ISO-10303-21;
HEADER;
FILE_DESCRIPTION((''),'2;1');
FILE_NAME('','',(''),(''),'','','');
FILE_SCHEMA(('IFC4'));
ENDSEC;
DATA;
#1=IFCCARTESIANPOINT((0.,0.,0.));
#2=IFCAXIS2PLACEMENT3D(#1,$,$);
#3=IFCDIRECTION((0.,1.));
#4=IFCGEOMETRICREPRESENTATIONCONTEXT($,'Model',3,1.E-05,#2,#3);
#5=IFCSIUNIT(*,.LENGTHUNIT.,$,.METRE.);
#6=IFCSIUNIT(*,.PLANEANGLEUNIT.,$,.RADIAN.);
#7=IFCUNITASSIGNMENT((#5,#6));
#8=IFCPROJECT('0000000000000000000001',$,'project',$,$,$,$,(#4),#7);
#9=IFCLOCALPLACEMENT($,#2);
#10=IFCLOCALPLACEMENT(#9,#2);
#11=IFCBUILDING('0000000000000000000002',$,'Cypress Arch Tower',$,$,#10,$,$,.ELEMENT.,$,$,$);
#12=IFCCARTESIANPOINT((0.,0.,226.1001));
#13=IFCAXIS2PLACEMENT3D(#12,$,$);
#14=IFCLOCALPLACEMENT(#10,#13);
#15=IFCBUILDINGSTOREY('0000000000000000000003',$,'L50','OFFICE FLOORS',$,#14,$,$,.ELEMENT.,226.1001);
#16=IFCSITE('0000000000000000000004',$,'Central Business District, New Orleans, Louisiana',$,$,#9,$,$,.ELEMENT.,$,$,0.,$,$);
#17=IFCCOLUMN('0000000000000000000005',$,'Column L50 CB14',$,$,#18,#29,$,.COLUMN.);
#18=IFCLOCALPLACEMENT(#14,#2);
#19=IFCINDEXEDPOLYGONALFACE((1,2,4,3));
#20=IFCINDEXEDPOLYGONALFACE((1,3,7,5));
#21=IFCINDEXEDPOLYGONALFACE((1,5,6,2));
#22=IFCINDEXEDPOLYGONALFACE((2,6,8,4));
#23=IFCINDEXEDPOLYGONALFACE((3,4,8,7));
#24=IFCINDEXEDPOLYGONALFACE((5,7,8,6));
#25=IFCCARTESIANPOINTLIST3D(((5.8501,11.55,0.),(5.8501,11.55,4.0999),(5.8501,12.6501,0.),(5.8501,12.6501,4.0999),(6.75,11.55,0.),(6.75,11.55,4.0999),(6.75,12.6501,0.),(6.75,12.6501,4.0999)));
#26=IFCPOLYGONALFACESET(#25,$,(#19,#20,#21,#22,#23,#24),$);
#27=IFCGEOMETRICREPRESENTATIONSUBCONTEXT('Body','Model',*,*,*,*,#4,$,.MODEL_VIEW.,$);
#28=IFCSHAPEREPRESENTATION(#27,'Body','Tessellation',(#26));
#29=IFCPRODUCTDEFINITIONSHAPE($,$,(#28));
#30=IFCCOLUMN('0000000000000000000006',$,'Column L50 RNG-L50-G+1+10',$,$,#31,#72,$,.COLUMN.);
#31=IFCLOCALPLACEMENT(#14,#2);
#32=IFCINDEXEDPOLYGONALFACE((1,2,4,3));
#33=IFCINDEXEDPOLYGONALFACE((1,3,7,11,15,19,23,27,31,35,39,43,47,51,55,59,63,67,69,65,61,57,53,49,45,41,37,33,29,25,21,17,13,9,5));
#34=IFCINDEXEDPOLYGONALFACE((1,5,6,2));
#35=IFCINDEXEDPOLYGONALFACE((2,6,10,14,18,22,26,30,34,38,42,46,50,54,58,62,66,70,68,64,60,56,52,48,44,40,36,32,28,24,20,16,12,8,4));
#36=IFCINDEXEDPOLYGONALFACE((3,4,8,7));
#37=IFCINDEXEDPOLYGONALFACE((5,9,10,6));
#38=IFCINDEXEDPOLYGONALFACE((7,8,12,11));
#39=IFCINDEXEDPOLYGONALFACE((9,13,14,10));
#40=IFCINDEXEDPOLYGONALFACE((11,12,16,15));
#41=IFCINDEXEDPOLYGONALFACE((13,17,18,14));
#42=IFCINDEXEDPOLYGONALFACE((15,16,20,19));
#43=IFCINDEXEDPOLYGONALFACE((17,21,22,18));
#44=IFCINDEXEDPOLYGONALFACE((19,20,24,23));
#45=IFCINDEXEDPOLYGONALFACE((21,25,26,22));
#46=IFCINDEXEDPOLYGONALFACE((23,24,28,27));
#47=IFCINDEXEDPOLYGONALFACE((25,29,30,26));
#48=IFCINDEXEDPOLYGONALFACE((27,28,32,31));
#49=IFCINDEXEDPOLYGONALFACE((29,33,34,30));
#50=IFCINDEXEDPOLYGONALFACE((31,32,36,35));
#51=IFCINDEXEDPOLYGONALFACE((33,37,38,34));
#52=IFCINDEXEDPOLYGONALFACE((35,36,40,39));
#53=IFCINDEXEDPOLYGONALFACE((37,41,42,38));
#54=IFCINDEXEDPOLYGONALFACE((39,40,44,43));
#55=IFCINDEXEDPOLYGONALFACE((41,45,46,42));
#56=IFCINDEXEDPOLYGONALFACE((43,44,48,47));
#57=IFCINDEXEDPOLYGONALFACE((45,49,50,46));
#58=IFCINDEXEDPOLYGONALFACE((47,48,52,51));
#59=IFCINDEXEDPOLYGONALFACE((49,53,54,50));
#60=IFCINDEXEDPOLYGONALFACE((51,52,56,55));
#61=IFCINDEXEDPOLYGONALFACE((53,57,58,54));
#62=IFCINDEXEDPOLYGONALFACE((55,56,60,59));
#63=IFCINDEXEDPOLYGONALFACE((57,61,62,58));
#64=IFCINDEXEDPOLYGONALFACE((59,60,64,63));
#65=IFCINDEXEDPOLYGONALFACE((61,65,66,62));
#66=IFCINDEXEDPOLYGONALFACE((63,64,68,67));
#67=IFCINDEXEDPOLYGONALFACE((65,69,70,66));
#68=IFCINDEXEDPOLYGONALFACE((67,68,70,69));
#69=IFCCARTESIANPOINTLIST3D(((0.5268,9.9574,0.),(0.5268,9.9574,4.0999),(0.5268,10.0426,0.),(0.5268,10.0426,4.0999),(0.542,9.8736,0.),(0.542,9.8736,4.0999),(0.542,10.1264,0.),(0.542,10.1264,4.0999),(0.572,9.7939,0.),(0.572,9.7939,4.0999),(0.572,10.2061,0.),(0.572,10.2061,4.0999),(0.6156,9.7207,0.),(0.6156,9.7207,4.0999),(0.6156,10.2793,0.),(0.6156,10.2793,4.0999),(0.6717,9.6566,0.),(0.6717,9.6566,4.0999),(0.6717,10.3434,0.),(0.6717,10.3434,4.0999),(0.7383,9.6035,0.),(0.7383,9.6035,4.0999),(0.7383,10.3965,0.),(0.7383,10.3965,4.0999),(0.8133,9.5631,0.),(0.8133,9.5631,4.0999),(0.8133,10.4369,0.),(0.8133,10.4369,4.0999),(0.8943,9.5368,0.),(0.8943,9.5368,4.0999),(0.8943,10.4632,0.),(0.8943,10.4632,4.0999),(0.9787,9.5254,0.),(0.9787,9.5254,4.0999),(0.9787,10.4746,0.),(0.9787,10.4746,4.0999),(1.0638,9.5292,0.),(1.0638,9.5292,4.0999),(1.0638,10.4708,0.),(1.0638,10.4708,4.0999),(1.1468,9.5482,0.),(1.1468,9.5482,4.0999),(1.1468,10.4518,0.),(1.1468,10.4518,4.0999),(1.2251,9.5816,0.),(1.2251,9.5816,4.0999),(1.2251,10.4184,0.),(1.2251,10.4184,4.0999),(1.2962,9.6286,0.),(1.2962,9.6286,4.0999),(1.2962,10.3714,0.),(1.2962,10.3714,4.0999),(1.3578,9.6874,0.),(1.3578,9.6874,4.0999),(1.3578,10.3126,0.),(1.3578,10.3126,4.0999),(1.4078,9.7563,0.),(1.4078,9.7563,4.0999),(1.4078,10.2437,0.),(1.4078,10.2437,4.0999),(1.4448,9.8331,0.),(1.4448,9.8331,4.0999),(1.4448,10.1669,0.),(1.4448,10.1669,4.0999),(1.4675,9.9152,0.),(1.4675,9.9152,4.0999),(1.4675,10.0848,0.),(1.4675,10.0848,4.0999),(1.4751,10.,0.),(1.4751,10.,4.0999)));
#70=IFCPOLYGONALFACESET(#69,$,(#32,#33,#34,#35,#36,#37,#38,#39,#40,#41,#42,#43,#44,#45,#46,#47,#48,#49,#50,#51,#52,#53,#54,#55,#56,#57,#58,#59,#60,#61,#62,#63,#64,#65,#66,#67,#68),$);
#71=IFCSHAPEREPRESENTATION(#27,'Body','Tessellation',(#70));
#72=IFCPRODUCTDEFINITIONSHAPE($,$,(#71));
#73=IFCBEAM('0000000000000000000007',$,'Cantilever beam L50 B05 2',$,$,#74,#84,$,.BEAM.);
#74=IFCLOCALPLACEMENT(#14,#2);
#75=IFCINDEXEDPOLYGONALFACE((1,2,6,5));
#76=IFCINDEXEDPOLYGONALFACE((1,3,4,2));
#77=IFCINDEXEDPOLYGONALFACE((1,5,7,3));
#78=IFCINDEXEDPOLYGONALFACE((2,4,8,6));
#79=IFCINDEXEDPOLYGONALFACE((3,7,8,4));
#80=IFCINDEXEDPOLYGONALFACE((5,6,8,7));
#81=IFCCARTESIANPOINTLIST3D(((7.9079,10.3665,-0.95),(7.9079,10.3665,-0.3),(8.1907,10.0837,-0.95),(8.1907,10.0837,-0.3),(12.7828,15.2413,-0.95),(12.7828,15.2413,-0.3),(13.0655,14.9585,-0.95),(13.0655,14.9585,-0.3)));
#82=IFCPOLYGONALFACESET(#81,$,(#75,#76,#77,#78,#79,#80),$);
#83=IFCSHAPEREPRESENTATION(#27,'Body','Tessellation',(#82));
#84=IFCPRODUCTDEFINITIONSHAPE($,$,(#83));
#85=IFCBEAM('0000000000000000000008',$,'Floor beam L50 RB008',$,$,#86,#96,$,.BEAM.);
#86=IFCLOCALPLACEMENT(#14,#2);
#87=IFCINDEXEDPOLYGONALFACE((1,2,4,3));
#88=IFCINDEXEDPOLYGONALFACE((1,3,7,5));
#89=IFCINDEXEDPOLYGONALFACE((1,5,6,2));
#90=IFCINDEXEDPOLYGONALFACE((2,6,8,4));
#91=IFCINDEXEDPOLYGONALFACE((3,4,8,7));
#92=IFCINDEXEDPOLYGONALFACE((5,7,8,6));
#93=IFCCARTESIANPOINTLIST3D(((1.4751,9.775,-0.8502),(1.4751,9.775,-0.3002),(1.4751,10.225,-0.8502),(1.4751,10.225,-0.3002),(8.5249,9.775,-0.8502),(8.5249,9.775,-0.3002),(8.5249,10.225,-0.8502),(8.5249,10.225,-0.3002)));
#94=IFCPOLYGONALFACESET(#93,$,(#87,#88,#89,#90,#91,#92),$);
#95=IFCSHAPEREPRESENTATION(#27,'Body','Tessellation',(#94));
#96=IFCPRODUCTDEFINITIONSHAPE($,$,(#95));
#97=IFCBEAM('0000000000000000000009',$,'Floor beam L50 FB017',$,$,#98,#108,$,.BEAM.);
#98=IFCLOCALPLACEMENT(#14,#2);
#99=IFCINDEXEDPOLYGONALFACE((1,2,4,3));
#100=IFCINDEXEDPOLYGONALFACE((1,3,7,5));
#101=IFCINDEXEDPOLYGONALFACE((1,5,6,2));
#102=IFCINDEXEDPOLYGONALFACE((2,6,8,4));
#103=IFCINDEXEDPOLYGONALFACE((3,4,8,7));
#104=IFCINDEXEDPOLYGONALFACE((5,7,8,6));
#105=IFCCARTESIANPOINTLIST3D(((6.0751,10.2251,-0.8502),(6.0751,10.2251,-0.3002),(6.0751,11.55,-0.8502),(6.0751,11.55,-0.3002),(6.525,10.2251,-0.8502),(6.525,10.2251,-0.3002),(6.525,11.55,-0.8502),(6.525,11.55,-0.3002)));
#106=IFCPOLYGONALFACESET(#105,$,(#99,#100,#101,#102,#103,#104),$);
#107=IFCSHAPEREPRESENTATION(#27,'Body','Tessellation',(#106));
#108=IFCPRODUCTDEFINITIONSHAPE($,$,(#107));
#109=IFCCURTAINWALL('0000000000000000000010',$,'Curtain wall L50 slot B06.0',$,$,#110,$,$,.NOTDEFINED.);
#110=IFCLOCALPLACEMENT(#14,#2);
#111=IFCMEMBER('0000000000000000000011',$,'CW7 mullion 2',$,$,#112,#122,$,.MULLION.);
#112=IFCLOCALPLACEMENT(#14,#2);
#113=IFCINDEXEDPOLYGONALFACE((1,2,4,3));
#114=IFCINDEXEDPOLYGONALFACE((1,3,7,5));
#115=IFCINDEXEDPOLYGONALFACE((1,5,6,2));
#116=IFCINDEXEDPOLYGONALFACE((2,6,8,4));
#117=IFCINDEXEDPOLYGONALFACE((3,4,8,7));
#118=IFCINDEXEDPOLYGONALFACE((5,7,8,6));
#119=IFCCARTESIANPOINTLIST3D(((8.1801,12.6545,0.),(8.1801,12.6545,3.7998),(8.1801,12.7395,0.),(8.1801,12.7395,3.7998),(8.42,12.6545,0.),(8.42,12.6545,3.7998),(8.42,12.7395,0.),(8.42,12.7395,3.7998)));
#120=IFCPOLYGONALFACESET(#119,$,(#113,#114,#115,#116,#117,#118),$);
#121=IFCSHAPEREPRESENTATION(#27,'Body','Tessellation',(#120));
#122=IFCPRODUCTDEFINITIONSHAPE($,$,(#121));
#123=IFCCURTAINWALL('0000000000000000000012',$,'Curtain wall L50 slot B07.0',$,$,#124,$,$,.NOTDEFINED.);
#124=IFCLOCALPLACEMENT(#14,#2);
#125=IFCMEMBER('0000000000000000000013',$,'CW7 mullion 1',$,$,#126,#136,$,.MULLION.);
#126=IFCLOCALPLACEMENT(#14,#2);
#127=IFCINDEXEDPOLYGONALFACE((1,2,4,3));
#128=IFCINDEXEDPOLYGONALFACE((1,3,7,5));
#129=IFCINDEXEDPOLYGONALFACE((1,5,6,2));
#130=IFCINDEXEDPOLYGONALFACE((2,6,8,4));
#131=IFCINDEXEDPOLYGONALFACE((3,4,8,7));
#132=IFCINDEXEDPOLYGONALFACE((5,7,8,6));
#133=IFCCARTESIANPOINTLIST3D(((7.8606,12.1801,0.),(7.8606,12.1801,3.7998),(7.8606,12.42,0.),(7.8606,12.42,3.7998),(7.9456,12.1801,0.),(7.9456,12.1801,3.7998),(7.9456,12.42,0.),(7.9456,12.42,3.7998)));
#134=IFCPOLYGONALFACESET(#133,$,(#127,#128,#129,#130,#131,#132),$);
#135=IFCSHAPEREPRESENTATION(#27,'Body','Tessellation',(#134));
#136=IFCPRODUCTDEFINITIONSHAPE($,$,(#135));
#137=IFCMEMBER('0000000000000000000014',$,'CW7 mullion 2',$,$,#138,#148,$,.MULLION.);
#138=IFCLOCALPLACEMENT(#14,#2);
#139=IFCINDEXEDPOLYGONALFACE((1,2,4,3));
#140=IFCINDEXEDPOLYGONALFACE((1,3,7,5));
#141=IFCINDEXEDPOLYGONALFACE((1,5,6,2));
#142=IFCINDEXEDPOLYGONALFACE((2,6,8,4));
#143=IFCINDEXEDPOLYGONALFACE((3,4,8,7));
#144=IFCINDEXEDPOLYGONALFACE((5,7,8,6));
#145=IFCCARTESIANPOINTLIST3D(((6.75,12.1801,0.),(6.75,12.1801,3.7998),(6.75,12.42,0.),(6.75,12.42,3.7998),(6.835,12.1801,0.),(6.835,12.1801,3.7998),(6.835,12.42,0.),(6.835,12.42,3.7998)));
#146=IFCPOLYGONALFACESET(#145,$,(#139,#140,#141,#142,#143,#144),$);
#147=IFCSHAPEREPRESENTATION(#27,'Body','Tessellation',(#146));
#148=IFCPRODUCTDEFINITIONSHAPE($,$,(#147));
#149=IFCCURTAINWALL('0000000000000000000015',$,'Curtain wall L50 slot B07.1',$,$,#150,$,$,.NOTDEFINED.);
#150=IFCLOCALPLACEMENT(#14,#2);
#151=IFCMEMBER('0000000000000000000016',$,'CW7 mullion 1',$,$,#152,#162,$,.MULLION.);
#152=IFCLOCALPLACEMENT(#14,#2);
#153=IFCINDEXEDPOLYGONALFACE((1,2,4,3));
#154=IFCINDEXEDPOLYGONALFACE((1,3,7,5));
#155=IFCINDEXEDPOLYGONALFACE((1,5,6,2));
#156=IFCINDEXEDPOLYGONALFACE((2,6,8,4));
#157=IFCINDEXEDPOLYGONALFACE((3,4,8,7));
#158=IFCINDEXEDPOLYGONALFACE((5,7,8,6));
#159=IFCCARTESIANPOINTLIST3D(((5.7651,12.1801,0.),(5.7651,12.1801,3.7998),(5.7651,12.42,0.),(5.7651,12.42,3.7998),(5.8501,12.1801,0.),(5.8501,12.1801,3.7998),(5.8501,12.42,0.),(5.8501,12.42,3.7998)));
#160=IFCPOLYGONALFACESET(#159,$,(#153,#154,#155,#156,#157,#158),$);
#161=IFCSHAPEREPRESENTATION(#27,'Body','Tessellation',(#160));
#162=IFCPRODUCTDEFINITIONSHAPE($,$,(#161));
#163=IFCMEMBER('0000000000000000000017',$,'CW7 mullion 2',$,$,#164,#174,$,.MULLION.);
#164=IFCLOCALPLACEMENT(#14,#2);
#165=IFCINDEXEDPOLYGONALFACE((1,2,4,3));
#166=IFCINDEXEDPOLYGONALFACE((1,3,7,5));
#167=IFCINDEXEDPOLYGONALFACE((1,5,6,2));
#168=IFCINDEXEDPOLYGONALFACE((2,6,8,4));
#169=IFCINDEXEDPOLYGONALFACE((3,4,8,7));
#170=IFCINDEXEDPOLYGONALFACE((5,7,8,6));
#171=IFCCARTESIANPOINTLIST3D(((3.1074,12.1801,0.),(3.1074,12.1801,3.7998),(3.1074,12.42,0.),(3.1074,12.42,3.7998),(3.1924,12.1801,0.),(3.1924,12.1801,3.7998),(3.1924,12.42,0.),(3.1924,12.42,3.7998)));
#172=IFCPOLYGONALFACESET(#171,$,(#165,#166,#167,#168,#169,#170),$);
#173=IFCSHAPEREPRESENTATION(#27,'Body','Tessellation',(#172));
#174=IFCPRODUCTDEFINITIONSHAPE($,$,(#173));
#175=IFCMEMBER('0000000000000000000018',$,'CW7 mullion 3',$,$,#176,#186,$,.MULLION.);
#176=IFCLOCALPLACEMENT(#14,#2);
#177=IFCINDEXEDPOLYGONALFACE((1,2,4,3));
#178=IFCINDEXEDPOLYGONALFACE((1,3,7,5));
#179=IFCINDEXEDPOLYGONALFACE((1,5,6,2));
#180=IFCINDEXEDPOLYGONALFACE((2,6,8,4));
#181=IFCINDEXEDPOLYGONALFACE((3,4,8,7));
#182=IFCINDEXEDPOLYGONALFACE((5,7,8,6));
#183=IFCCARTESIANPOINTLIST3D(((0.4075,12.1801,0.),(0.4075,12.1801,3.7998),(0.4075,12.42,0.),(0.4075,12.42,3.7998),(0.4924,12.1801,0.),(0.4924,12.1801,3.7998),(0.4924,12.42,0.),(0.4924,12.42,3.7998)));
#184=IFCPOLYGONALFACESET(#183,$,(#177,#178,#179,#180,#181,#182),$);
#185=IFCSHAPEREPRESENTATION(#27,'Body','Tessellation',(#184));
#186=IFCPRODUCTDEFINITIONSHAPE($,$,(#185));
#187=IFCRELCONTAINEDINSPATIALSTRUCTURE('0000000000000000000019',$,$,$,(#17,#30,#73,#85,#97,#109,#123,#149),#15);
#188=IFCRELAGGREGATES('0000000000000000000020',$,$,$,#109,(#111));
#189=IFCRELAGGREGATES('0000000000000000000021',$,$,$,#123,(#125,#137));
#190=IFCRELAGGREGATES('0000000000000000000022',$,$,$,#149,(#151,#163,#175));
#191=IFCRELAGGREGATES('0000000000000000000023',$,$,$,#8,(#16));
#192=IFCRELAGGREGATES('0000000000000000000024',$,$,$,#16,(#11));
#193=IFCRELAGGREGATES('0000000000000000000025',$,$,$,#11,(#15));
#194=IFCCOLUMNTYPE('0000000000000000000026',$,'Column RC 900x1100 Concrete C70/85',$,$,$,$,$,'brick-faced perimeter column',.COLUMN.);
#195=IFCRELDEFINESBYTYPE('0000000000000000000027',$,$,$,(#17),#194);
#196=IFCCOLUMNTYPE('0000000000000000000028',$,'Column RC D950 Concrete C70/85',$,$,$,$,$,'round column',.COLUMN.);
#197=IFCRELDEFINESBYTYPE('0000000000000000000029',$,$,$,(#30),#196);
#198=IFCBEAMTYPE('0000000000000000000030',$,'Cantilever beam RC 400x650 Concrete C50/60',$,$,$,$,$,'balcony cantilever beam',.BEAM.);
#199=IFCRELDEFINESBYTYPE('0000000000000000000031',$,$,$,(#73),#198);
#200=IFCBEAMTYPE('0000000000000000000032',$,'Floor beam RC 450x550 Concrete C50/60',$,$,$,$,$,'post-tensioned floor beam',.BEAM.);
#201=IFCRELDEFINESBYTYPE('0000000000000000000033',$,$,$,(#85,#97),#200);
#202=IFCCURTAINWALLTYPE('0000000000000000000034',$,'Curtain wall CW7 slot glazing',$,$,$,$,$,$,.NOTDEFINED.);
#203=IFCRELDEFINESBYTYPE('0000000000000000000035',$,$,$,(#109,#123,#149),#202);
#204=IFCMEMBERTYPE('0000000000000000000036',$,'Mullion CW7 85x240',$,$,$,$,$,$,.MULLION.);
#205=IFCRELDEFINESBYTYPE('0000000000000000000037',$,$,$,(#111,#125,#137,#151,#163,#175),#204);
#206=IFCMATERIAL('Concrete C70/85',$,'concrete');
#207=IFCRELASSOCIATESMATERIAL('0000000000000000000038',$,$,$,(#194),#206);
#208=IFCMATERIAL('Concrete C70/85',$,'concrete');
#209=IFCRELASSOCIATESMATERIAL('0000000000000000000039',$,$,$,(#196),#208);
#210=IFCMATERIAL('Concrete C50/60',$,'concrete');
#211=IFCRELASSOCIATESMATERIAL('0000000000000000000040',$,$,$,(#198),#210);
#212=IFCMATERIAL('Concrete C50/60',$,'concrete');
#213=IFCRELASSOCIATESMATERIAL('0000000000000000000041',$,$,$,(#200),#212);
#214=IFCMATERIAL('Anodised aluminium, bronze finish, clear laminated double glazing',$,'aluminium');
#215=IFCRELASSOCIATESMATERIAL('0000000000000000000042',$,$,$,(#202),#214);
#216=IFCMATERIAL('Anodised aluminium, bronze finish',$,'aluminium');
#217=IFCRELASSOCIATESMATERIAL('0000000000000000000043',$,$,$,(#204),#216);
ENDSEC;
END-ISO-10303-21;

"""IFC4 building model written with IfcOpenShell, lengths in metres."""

from ifc_helpers import new_model, si_unit, direction, frame, origin, origin_2d, place, context, subcontext, project, spatial, rectangle, circle, extrude, material, material_profile, profile_set, type_object, element, aggregate, save


model = new_model("IFC4")

# Units and contexts
model_context = context("Model", 3, precision=1e-05, world=origin(), true_north=direction((0.0, 1.0)))
body_context = subcontext(model_context, "Body", "Model", "MODEL_VIEW")
ifc_project = project(units=[si_unit("LENGTHUNIT", "METRE"), si_unit("PLANEANGLEUNIT", "RADIAN")], contexts=[model_context])

# Site, building, storey
site_placement = place(None, origin())
site = spatial("IfcSite", under=ifc_project, at=site_placement, Name="Central Business District, New Orleans, Louisiana", CompositionType="ELEMENT", RefElevation=0.0)
building_placement = place(site_placement, origin())
building = spatial("IfcBuilding", under=site, at=building_placement, Name="Cypress Arch Tower", CompositionType="ELEMENT")
storey_placement = place(building_placement, frame((0.0, 0.0, 226.1001)))
storey = spatial("IfcBuildingStorey", under=building, at=storey_placement, Name="L50", Description="OFFICE FLOORS", CompositionType="ELEMENT", Elevation=226.1001)

# Columns
ifc_material_1 = material(Name="Concrete C70/85", Category="concrete")
ifc_material_profile_1 = material_profile(ifc_material_1, rectangle(XDim=0.8999, YDim=1.1001, at=origin_2d()), Name="RC 900x1100")
ifc_profile_set_1 = profile_set([ifc_material_profile_1], Name="Concrete C70/85")
column_type_1 = type_object("IfcColumnType", Name="Column RC 900x1100 Concrete C70/85", ElementType="brick-faced perimeter column", PredefinedType="COLUMN", material=ifc_profile_set_1)
column_1_placement = place(storey_placement, frame((6.3, 12.1001, 0.0), z_axis=(0.0, 0.0, 1.0), x_axis=(-1.0, 0.0, 0.0)))
element("IfcColumn", 1, at=column_1_placement, inside=storey, type_object=column_type_1, Name="Column L50 CB14", PredefinedType="COLUMN", context=body_context, shape_type="SweptSolid", body=[
    extrude(rectangle(XDim=0.8999, YDim=1.1001, at=origin_2d()), origin(), (0.0, 0.0, 1.0), 4.0999),
])
ifc_material_2 = material(Name="Concrete C70/85", Category="concrete")
ifc_material_profile_2 = material_profile(ifc_material_2, circle(Radius=0.4751, at=origin_2d()), Name="RC D950")
ifc_profile_set_2 = profile_set([ifc_material_profile_2], Name="Concrete C70/85")
column_type_2 = type_object("IfcColumnType", Name="Column RC D950 Concrete C70/85", ElementType="round column", PredefinedType="COLUMN", material=ifc_profile_set_2)
column_2_placement = place(storey_placement, frame((1.0, 10.0, 0.0), z_axis=(0.0, 0.0, 1.0), x_axis=(1.0, 0.0, 0.0)))
element("IfcColumn", 2, at=column_2_placement, inside=storey, type_object=column_type_2, Name="Column L50 RNG-L50-G+1+10", PredefinedType="COLUMN", context=body_context, shape_type="SweptSolid", body=[
    extrude(circle(Radius=0.4751, at=origin_2d()), origin(), (0.0, 0.0, 1.0), 4.0999),
])

# Beams
ifc_material_3 = material(Name="Concrete C50/60", Category="concrete")
ifc_material_profile_3 = material_profile(ifc_material_3, rectangle(XDim=0.3999, YDim=0.6499, at=origin_2d()), Name="RC 400x650")
ifc_profile_set_3 = profile_set([ifc_material_profile_3], Name="Concrete C50/60")
beam_type_1 = type_object("IfcBeamType", Name="Cantilever beam RC 400x650 Concrete C50/60", ElementType="balcony cantilever beam", PredefinedType="BEAM", material=ifc_profile_set_3)
beam_1_placement = place(storey_placement, frame((8.0493, 10.2251, -0.625), z_axis=(0.707107, 0.707107, 0.0), x_axis=(-0.707107, 0.707107, 0.0)))
element("IfcBeam", 3, at=beam_1_placement, inside=storey, type_object=beam_type_1, Name="Cantilever beam L50 B05 2", PredefinedType="BEAM", context=body_context, shape_type="SweptSolid", body=[
    extrude(rectangle(XDim=0.3999, YDim=0.6499, at=origin_2d()), origin(), (0.0, 0.0, 1.0), 6.894),
])
ifc_material_4 = material(Name="Concrete C50/60", Category="concrete")
ifc_material_profile_4 = material_profile(ifc_material_4, rectangle(XDim=0.45, YDim=0.55, at=origin_2d()), Name="RC 450x550")
ifc_profile_set_4 = profile_set([ifc_material_profile_4], Name="Concrete C50/60")
beam_type_2 = type_object("IfcBeamType", Name="Floor beam RC 450x550 Concrete C50/60", ElementType="post-tensioned floor beam", PredefinedType="BEAM", material=ifc_profile_set_4)
beam_2_placement = place(storey_placement, frame((1.4751, 10.0, -0.5752), z_axis=(1.0, 0.0, 0.0), x_axis=(0.0, 1.0, 0.0)))
element("IfcBeam", 4, at=beam_2_placement, inside=storey, type_object=beam_type_2, Name="Floor beam L50 RB008", PredefinedType="BEAM", context=body_context, shape_type="SweptSolid", body=[
    extrude(rectangle(XDim=0.45, YDim=0.55, at=origin_2d()), origin(), (0.0, 0.0, 1.0), 7.0498),
])
beam_3_placement = place(storey_placement, frame((6.3, 10.2251, -0.5752), z_axis=(0.0, 1.0, 0.0), x_axis=(-1.0, 0.0, 0.0)))
element("IfcBeam", 5, at=beam_3_placement, inside=storey, type_object=beam_type_2, Name="Floor beam L50 FB017", PredefinedType="BEAM", context=body_context, shape_type="SweptSolid", body=[
    extrude(rectangle(XDim=0.45, YDim=0.55, at=origin_2d()), origin(), (0.0, 0.0, 1.0), 1.325),
])

# Curtain wall, member
ifc_material_5 = material(Name="Anodised aluminium, bronze finish, clear laminated double glazing", Category="aluminium")
curtain_wall_type = type_object("IfcCurtainWallType", Name="Curtain wall CW7 slot glazing", PredefinedType="NOTDEFINED", material=ifc_material_5)
curtain_wall_1_placement = place(storey_placement, origin())
curtain_wall_1 = element("IfcCurtainWall", 6, at=curtain_wall_1_placement, inside=storey, type_object=curtain_wall_type, Name="Curtain wall L50 slot B06.0", PredefinedType="NOTDEFINED")
ifc_material_6 = material(Name="Anodised aluminium, bronze finish", Category="aluminium")
ifc_material_profile_5 = material_profile(ifc_material_6, rectangle(XDim=0.24, YDim=0.085, at=origin_2d()), Name="Mullion 85x240")
ifc_profile_set_5 = profile_set([ifc_material_profile_5], Name="Anodised aluminium, bronze finish")
member_type_1 = type_object("IfcMemberType", Name="Mullion CW7 85x240", PredefinedType="MULLION", material=ifc_profile_set_5)
member_1_placement = place(storey_placement, frame((8.3, 12.697, 0.0), z_axis=(0.0, 0.0, 1.0), x_axis=(1.0, 0.0, 0.0)))
member_1 = element("IfcMember", 7, at=member_1_placement, type_object=member_type_1, Name="CW7 mullion 2", PredefinedType="MULLION", context=body_context, shape_type="SweptSolid", body=[
    extrude(rectangle(XDim=0.24, YDim=0.085, at=origin_2d()), origin(), (0.0, 0.0, 1.0), 3.7998),
])
aggregate(curtain_wall_1, [member_1])

# Curtain walls, members
curtain_wall_2_placement = place(storey_placement, origin())
curtain_wall_2 = element("IfcCurtainWall", 8, at=curtain_wall_2_placement, inside=storey, type_object=curtain_wall_type, Name="Curtain wall L50 slot B07.0", PredefinedType="NOTDEFINED")
member_2_placement = place(storey_placement, frame((7.9031, 12.3, 0.0), z_axis=(0.0, 0.0, 1.0), x_axis=(0.0, -1.0, 0.0)))
member_2 = element("IfcMember", 9, at=member_2_placement, type_object=member_type_1, Name="CW7 mullion 1", PredefinedType="MULLION", context=body_context, shape_type="SweptSolid", body=[
    extrude(rectangle(XDim=0.24, YDim=0.085, at=origin_2d()), origin(), (0.0, 0.0, 1.0), 3.7998),
])
member_3_placement = place(storey_placement, frame((6.7925, 12.3, 0.0), z_axis=(0.0, 0.0, 1.0), x_axis=(0.0, -1.0, 0.0)))
member_3 = element("IfcMember", 10, at=member_3_placement, type_object=member_type_1, Name="CW7 mullion 2", PredefinedType="MULLION", context=body_context, shape_type="SweptSolid", body=[
    extrude(rectangle(XDim=0.24, YDim=0.085, at=origin_2d()), origin(), (0.0, 0.0, 1.0), 3.7998),
])
curtain_wall_3_placement = place(storey_placement, origin())
curtain_wall_3 = element("IfcCurtainWall", 11, at=curtain_wall_3_placement, inside=storey, type_object=curtain_wall_type, Name="Curtain wall L50 slot B07.1", PredefinedType="NOTDEFINED")
member_4_placement = place(storey_placement, frame((5.8076, 12.3, 0.0), z_axis=(0.0, 0.0, 1.0), x_axis=(0.0, -1.0, 0.0)))
member_4 = element("IfcMember", 12, at=member_4_placement, type_object=member_type_1, Name="CW7 mullion 1", PredefinedType="MULLION", context=body_context, shape_type="SweptSolid", body=[
    extrude(rectangle(XDim=0.24, YDim=0.085, at=origin_2d()), origin(), (0.0, 0.0, 1.0), 3.7998),
])
member_5_placement = place(storey_placement, frame((3.1499, 12.3, 0.0), z_axis=(0.0, 0.0, 1.0), x_axis=(0.0, -1.0, 0.0)))
member_5 = element("IfcMember", 13, at=member_5_placement, type_object=member_type_1, Name="CW7 mullion 2", PredefinedType="MULLION", context=body_context, shape_type="SweptSolid", body=[
    extrude(rectangle(XDim=0.24, YDim=0.085, at=origin_2d()), origin(), (0.0, 0.0, 1.0), 3.7998),
])
member_6_placement = place(storey_placement, frame((0.45, 12.3, 0.0), z_axis=(0.0, 0.0, 1.0), x_axis=(0.0, -1.0, 0.0)))
member_6 = element("IfcMember", 14, at=member_6_placement, type_object=member_type_1, Name="CW7 mullion 3", PredefinedType="MULLION", context=body_context, shape_type="SweptSolid", body=[
    extrude(rectangle(XDim=0.24, YDim=0.085, at=origin_2d()), origin(), (0.0, 0.0, 1.0), 3.7998),
])

aggregate(curtain_wall_2, [member_2, member_3])
aggregate(curtain_wall_3, [member_4, member_5, member_6])

save(model, "model.ifc")
